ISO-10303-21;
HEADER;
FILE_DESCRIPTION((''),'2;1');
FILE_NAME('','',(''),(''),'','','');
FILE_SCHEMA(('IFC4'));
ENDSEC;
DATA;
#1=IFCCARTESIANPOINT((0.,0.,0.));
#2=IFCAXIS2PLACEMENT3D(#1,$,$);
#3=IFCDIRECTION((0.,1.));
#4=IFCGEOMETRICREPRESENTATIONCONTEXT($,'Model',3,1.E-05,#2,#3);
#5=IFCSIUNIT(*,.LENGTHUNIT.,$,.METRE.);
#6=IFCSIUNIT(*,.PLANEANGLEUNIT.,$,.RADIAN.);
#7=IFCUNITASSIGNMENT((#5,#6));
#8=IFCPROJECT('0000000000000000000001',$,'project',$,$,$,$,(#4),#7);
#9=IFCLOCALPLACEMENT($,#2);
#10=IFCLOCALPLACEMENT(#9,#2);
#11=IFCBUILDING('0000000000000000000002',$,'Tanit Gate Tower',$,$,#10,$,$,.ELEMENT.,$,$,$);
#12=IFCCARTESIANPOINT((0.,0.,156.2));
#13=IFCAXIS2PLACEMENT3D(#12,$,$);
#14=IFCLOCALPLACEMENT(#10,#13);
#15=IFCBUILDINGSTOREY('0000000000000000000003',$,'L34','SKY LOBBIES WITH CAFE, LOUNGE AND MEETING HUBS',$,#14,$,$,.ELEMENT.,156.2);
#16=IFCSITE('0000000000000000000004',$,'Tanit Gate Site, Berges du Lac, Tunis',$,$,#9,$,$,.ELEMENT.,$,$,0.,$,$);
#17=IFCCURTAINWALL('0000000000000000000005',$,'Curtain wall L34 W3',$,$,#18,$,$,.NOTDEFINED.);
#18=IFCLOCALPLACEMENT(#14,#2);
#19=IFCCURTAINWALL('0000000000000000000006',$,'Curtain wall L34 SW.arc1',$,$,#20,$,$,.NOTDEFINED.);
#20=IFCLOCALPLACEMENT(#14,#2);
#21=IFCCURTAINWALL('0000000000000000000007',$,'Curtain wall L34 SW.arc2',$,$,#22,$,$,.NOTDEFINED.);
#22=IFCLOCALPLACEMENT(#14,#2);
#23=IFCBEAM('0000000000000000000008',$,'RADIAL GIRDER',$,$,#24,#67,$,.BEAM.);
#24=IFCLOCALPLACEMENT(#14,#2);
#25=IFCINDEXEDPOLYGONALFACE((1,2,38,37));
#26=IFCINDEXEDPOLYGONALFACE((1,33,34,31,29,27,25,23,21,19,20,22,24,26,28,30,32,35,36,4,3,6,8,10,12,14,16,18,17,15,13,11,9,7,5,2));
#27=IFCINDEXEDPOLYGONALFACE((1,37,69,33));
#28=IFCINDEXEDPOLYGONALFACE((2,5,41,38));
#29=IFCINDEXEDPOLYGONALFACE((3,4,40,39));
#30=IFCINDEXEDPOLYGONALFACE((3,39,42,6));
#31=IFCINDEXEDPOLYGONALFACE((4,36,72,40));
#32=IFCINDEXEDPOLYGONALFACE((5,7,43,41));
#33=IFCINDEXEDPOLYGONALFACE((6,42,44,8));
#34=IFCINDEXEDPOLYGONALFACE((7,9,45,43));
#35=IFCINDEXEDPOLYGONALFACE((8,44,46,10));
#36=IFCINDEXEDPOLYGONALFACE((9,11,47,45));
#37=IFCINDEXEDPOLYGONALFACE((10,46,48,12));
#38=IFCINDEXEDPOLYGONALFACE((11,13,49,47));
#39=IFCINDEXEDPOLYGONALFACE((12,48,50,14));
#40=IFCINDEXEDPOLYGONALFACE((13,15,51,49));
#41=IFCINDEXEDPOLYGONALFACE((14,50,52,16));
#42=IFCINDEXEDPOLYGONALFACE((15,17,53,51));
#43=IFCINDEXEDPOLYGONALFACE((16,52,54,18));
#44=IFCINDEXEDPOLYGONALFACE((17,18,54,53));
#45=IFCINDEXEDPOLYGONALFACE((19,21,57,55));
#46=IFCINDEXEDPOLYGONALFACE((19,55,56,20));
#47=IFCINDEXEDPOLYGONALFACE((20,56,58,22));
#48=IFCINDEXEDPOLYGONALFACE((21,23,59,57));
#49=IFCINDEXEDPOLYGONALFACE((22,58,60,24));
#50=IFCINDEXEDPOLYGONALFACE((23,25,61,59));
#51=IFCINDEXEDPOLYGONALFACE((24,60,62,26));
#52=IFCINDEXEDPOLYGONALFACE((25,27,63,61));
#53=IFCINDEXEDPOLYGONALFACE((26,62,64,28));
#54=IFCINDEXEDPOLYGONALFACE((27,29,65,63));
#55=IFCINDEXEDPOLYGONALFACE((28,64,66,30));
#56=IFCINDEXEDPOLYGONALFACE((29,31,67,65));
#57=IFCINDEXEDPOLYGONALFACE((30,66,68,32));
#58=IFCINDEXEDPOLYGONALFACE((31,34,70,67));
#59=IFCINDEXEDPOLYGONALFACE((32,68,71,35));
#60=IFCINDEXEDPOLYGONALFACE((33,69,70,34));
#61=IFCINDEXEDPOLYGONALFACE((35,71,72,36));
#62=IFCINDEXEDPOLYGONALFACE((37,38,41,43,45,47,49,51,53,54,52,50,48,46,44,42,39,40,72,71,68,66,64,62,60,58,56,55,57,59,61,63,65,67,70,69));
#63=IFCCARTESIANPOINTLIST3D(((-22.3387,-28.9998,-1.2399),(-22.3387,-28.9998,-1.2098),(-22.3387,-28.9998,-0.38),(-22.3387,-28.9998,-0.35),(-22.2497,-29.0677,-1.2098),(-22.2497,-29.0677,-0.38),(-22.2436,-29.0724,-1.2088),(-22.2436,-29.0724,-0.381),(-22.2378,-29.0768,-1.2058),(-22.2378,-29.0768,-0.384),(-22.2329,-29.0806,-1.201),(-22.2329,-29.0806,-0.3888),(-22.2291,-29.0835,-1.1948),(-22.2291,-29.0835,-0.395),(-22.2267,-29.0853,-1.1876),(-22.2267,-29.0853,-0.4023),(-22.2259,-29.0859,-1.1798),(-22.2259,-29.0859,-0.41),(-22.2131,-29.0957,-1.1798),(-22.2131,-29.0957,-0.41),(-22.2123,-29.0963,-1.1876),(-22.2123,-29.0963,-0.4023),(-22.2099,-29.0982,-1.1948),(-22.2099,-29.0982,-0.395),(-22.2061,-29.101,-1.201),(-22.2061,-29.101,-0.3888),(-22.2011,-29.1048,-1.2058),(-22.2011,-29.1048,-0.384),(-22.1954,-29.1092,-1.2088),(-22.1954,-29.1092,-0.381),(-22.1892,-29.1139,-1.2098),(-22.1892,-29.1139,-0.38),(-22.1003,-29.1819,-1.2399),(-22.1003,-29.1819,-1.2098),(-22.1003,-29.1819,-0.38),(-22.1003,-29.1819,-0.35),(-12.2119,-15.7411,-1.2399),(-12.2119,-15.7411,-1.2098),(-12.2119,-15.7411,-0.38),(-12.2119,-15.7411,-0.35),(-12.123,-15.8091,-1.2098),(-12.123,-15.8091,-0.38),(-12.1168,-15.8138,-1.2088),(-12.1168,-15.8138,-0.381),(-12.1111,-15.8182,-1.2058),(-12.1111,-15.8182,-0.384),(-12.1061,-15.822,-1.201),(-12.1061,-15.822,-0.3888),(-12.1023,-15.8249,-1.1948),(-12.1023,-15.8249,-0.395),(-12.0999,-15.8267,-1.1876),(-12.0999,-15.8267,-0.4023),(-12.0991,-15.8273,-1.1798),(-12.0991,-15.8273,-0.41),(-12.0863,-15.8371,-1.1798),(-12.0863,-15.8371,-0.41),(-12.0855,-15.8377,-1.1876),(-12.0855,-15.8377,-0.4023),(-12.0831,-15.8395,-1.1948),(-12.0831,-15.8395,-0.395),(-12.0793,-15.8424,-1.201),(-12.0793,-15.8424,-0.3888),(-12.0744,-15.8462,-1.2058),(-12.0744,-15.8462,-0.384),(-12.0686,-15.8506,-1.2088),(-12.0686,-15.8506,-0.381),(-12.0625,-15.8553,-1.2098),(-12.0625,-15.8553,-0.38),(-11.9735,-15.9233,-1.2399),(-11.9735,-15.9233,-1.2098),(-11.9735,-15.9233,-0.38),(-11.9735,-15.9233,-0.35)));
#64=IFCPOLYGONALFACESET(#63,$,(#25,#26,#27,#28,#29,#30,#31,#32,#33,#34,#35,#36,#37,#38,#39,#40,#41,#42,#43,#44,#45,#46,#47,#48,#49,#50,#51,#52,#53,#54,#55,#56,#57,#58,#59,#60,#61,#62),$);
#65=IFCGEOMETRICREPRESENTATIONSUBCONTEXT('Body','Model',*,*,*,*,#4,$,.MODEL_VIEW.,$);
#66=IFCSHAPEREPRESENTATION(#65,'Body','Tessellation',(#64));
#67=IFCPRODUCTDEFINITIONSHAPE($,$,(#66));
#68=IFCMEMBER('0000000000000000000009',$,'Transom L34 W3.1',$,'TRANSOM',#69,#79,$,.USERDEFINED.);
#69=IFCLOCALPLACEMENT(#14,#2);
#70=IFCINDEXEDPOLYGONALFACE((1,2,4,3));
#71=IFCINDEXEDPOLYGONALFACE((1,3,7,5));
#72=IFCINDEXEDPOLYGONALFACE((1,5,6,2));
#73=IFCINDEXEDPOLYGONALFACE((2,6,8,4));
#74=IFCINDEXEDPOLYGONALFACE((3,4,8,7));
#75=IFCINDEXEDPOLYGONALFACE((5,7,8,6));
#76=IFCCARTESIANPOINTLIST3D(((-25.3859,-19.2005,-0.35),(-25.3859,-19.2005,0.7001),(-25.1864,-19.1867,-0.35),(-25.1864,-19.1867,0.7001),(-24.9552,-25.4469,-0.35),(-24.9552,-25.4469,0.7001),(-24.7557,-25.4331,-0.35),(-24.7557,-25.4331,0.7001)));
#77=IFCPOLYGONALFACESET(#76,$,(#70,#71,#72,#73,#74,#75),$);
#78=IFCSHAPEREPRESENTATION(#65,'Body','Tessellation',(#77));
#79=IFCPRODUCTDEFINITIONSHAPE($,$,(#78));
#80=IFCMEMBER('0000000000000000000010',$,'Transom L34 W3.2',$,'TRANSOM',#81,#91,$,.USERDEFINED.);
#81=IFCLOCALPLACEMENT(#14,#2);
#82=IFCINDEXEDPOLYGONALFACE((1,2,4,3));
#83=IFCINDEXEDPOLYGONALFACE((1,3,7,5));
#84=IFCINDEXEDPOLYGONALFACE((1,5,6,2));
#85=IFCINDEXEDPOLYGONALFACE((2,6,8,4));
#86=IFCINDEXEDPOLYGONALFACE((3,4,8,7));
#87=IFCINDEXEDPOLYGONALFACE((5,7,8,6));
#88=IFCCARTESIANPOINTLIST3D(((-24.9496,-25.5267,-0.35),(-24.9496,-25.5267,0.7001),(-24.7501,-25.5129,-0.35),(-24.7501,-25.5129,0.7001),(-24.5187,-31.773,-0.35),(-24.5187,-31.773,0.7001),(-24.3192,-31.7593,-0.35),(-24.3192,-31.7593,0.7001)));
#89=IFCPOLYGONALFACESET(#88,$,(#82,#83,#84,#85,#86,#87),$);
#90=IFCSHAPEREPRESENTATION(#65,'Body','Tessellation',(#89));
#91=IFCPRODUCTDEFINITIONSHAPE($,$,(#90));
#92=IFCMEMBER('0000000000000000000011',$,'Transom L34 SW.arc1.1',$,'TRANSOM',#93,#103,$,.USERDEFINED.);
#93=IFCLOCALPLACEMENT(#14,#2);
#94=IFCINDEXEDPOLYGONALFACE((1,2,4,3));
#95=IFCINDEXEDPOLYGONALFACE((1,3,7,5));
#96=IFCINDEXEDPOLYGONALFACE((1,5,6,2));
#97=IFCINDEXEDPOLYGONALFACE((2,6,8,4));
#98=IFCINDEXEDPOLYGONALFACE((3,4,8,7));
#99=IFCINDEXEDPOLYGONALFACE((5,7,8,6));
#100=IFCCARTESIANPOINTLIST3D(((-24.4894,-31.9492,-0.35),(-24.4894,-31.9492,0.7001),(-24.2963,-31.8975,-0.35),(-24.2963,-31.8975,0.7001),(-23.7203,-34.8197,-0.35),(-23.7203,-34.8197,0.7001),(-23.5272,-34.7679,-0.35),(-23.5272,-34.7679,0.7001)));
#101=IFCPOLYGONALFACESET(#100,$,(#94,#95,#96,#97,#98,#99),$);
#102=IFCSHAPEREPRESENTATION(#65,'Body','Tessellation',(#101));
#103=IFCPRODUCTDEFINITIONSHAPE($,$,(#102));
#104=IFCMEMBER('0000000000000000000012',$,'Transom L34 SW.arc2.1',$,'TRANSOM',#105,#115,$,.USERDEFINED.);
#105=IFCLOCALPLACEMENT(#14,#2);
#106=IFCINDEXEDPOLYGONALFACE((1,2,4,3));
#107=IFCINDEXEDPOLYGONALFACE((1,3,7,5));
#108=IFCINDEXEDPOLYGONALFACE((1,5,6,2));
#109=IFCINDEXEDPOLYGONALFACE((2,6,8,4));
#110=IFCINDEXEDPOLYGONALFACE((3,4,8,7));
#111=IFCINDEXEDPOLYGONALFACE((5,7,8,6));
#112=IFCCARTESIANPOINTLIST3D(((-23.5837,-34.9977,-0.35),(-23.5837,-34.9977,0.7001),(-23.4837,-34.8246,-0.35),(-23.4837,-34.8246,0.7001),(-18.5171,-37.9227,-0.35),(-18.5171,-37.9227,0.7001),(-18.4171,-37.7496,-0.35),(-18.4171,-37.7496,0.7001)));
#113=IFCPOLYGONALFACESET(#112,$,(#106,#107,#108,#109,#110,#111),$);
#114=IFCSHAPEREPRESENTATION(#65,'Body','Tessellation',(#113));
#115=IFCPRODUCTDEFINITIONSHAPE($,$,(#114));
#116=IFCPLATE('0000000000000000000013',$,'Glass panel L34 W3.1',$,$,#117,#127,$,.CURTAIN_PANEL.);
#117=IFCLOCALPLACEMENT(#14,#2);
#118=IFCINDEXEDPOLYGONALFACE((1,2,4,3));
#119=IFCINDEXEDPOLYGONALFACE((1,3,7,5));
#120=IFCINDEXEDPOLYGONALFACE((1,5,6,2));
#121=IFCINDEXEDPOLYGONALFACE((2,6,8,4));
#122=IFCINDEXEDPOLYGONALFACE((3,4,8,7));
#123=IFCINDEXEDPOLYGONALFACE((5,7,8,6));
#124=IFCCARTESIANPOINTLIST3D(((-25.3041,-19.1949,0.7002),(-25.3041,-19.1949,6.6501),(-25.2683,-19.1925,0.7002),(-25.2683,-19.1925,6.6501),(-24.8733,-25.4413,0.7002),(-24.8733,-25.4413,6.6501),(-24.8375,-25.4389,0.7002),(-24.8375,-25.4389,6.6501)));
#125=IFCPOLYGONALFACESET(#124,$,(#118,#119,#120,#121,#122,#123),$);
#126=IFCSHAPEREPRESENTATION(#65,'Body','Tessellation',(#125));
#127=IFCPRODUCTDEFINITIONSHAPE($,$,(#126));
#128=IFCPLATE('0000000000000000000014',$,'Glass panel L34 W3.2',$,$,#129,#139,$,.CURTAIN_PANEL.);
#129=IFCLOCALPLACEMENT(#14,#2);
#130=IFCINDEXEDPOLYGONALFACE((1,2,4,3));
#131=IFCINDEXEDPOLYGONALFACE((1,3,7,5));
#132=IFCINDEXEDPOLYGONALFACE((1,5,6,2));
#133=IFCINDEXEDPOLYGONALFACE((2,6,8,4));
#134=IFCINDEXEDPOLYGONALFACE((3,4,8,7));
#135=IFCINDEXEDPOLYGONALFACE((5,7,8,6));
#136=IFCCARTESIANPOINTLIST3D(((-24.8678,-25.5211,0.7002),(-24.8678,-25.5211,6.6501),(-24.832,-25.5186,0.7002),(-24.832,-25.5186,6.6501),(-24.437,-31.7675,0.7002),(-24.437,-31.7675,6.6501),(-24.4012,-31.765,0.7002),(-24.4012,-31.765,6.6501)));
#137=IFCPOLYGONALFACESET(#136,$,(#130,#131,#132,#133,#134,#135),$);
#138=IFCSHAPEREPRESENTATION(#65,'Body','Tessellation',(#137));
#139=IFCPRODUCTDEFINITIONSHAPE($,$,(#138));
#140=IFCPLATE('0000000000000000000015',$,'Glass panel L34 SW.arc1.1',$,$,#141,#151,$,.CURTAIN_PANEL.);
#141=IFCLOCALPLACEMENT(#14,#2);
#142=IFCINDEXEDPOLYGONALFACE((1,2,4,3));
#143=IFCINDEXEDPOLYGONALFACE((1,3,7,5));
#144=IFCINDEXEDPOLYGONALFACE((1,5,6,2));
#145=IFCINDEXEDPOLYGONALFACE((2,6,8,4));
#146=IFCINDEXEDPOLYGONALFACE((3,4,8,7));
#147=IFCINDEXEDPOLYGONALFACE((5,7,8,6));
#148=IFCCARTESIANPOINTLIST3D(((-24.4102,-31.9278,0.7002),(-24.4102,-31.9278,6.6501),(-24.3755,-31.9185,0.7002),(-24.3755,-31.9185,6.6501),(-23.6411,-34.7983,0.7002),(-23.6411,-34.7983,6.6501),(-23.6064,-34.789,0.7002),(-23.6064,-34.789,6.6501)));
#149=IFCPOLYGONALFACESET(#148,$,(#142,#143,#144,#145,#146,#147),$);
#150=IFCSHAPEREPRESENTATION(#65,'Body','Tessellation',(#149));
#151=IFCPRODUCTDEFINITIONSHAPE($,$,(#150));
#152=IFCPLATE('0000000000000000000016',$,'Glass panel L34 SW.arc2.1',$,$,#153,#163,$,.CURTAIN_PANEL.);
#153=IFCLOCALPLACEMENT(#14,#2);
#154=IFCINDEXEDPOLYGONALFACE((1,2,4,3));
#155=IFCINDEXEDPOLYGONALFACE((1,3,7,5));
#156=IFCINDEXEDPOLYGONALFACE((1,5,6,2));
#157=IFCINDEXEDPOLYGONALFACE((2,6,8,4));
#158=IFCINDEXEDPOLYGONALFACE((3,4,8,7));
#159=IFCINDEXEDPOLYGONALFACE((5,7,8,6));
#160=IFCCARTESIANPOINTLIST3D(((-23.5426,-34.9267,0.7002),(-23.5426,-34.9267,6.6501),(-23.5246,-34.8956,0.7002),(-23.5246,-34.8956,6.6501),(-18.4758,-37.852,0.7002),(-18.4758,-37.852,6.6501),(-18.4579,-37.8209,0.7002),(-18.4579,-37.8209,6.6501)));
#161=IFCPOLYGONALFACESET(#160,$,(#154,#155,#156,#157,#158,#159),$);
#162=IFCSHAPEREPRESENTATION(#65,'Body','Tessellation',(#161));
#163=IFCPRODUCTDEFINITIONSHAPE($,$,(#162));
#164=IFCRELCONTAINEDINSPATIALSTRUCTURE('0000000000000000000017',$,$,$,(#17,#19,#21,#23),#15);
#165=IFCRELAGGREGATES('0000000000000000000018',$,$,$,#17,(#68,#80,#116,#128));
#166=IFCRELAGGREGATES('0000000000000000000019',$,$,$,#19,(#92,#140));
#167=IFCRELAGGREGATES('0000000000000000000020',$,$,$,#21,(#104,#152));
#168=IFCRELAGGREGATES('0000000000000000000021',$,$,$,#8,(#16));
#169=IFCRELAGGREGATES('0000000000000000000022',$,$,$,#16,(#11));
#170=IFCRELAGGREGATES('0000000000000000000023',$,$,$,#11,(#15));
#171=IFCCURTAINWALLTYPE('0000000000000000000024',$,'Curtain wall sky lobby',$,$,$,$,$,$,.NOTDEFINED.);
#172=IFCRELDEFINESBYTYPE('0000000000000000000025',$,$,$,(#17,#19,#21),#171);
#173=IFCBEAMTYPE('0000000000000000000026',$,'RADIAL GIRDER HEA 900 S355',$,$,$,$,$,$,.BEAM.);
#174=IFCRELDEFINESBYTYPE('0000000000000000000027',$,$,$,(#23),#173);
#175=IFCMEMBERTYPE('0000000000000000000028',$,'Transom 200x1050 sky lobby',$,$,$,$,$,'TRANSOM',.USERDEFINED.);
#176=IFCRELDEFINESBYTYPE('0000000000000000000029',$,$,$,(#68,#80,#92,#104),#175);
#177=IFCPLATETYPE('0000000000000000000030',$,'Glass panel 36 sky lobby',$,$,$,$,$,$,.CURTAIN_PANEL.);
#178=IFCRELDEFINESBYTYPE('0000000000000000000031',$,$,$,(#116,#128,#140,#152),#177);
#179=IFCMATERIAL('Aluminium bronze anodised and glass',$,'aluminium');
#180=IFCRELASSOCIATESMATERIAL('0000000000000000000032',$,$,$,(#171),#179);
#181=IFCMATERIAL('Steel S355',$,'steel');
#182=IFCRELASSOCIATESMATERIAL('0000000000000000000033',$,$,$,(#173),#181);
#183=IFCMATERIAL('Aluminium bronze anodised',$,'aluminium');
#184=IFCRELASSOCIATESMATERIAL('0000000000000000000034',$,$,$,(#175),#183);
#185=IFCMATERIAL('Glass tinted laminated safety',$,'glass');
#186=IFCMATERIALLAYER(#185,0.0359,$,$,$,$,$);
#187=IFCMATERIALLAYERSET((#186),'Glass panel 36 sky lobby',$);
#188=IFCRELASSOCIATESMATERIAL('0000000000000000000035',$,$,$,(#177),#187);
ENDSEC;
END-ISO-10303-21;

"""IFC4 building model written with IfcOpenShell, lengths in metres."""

from ifc_helpers import new_model, si_unit, direction, frame, origin, origin_2d, place, context, subcontext, project, spatial, rectangle, i_section, extrude, material, layer, layer_set, material_profile, profile_set, type_object, element, aggregate, save


model = new_model("IFC4")

# Units and contexts
model_context = context("Model", 3, precision=1e-05, world=origin(), true_north=direction((0.0, 1.0)))
body_context = subcontext(model_context, "Body", "Model", "MODEL_VIEW")
ifc_project = project(units=[si_unit("LENGTHUNIT", "METRE"), si_unit("PLANEANGLEUNIT", "RADIAN")], contexts=[model_context])

# Site, building, storey
site_placement = place(None, origin())
site = spatial("IfcSite", under=ifc_project, at=site_placement, Name="Tanit Gate Site, Berges du Lac, Tunis", CompositionType="ELEMENT", RefElevation=0.0)
building_placement = place(site_placement, origin())
building = spatial("IfcBuilding", under=site, at=building_placement, Name="Tanit Gate Tower", CompositionType="ELEMENT")
storey_placement = place(building_placement, frame((0.0, 0.0, 156.2)))
storey = spatial("IfcBuildingStorey", under=building, at=storey_placement, Name="L34", Description="SKY LOBBIES WITH CAFE, LOUNGE AND MEETING HUBS", CompositionType="ELEMENT", Elevation=156.2)

# Shared definitions
ifc_material_1 = material(Name="Aluminium bronze anodised and glass", Category="aluminium")
curtain_wall_type = type_object("IfcCurtainWallType", Name="Curtain wall sky lobby", PredefinedType="NOTDEFINED", material=ifc_material_1)

# Curtain walls
curtain_wall_1_placement = place(storey_placement, origin())
curtain_wall_1 = element("IfcCurtainWall", 1, at=curtain_wall_1_placement, inside=storey, type_object=curtain_wall_type, Name="Curtain wall L34 W3", PredefinedType="NOTDEFINED")
curtain_wall_2_placement = place(storey_placement, origin())
curtain_wall_2 = element("IfcCurtainWall", 2, at=curtain_wall_2_placement, inside=storey, type_object=curtain_wall_type, Name="Curtain wall L34 SW.arc1", PredefinedType="NOTDEFINED")

# Curtain wall
curtain_wall_3_placement = place(storey_placement, origin())
curtain_wall_3 = element("IfcCurtainWall", 3, at=curtain_wall_3_placement, inside=storey, type_object=curtain_wall_type, Name="Curtain wall L34 SW.arc2", PredefinedType="NOTDEFINED")

# Beam
ifc_material_2 = material(Name="Steel S355", Category="steel")
ifc_material_profile_1 = material_profile(ifc_material_2, i_section(OverallWidth=0.3, OverallDepth=0.8899, WebThickness=0.0161, FlangeThickness=0.03, FilletRadius=0.03, at=origin_2d()), Name="HEA 900")
ifc_profile_set_1 = profile_set([ifc_material_profile_1], Name="Steel S355")
beam_type_1 = type_object("IfcBeamType", Name="RADIAL GIRDER HEA 900 S355", PredefinedType="BEAM", material=ifc_profile_set_1)
beam_1_placement = place(storey_placement, frame((-22.2195, -29.0908, -0.7949), z_axis=(0.606989, 0.79471, 0.0), x_axis=(-0.79471, 0.606989, 0.0)))
element("IfcBeam", 4, at=beam_1_placement, inside=storey, type_object=beam_type_1, Name="RADIAL GIRDER", PredefinedType="BEAM", context=body_context, shape_type="SweptSolid", body=[
    extrude(i_section(OverallWidth=0.3, OverallDepth=0.8899, WebThickness=0.0161, FlangeThickness=0.03, FilletRadius=0.03, at=origin_2d()), origin(), (0.0, 0.0, 1.0), 16.6836),
])

# Members
ifc_material_3 = material(Name="Aluminium bronze anodised", Category="aluminium")
ifc_material_profile_2 = material_profile(ifc_material_3, rectangle(XDim=0.2, YDim=1.05, at=origin_2d()), Name="200x1050 bronze transom")
ifc_profile_set_2 = profile_set([ifc_material_profile_2], Name="Aluminium bronze anodised")
member_type_1 = type_object("IfcMemberType", Name="Transom 200x1050 sky lobby", ElementType="TRANSOM", PredefinedType="USERDEFINED", material=ifc_profile_set_2)
member_1_placement = place(storey_placement, frame((-25.2861, -19.1936, 0.175), z_axis=(0.068783, -0.997632, 0.0), x_axis=(0.997632, 0.068783, 0.0)))
member_1 = element("IfcMember", 5, at=member_1_placement, type_object=member_type_1, Name="Transom L34 W3.1", ObjectType="TRANSOM", PredefinedType="USERDEFINED", context=body_context, shape_type="SweptSolid", body=[
    extrude(rectangle(XDim=0.2, YDim=1.05, at=origin_2d()), origin(), (0.0, 0.0, 1.0), 6.2612),
])
member_2_placement = place(storey_placement, frame((-24.8499, -25.5198, 0.175), z_axis=(0.068822, -0.997629, 0.0), x_axis=(0.997629, 0.068822, 0.0)))
member_2 = element("IfcMember", 6, at=member_2_placement, type_object=member_type_1, Name="Transom L34 W3.2", ObjectType="TRANSOM", PredefinedType="USERDEFINED", context=body_context, shape_type="SweptSolid", body=[
    extrude(rectangle(XDim=0.2, YDim=1.05, at=origin_2d()), origin(), (0.0, 0.0, 1.0), 6.2612),
])
member_3_placement = place(storey_placement, frame((-24.3928, -31.9233, 0.175), z_axis=(0.258798, -0.965932, 0.0), x_axis=(0.965932, 0.258798, 0.0)))
member_3 = element("IfcMember", 7, at=member_3_placement, type_object=member_type_1, Name="Transom L34 SW.arc1.1", ObjectType="TRANSOM", PredefinedType="USERDEFINED", context=body_context, shape_type="SweptSolid", body=[
    extrude(rectangle(XDim=0.2, YDim=1.05, at=origin_2d()), origin(), (0.0, 0.0, 1.0), 2.9717),
])
member_4_placement = place(storey_placement, frame((-23.5337, -34.9111, 0.175), z_axis=(0.866039, -0.499977, 0.0), x_axis=(0.499977, 0.866039, 0.0)))
member_4 = element("IfcMember", 8, at=member_4_placement, type_object=member_type_1, Name="Transom L34 SW.arc2.1", ObjectType="TRANSOM", PredefinedType="USERDEFINED", context=body_context, shape_type="SweptSolid", body=[
    extrude(rectangle(XDim=0.2, YDim=1.05, at=origin_2d()), origin(), (0.0, 0.0, 1.0), 5.8503),
])

# Plates
ifc_material_4 = material(Name="Glass tinted laminated safety", Category="glass")
ifc_layer = layer(ifc_material_4, 0.0359)
ifc_layer_set = layer_set([ifc_layer], Name="Glass panel 36 sky lobby")
plate_type = type_object("IfcPlateType", Name="Glass panel 36 sky lobby", PredefinedType="CURTAIN_PANEL", material=ifc_layer_set)
plate_1_placement = place(storey_placement, frame((-25.0708, -22.3169, 0.7002), z_axis=(0.0, 0.0, 1.0), x_axis=(0.068812, -0.99763, 0.0)))
plate_1 = element("IfcPlate", 9, at=plate_1_placement, type_object=plate_type, Name="Glass panel L34 W3.1", PredefinedType="CURTAIN_PANEL", context=body_context, shape_type="SweptSolid", body=[
    extrude(rectangle(XDim=6.2612, YDim=0.0359, at=origin_2d()), origin(), (0.0, 0.0, 1.0), 5.95),
])
plate_2_placement = place(storey_placement, frame((-24.6345, -28.6431, 0.7002), z_axis=(0.0, 0.0, 1.0), x_axis=(0.068812, -0.99763, 0.0)))
plate_2 = element("IfcPlate", 10, at=plate_2_placement, type_object=plate_type, Name="Glass panel L34 W3.2", PredefinedType="CURTAIN_PANEL", context=body_context, shape_type="SweptSolid", body=[
    extrude(rectangle(XDim=6.2612, YDim=0.0359, at=origin_2d()), origin(), (0.0, 0.0, 1.0), 5.95),
])
aggregate(curtain_wall_1, [member_1, member_2, plate_1, plate_2])
plate_3_placement = place(storey_placement, frame((-24.0083, -33.3584, 0.7002), z_axis=(0.0, 0.0, 1.0), x_axis=(0.258819, -0.965926, 0.0)))
plate_3 = element("IfcPlate", 11, at=plate_3_placement, type_object=plate_type, Name="Glass panel L34 SW.arc1.1", PredefinedType="CURTAIN_PANEL", context=body_context, shape_type="SweptSolid", body=[
    extrude(rectangle(XDim=2.9717, YDim=0.0359, at=origin_2d()), origin(), (0.0, 0.0, 1.0), 5.95),
])
aggregate(curtain_wall_2, [member_3, plate_3])
plate_4_placement = place(storey_placement, frame((-21.0002, -36.3738, 0.7002), z_axis=(0.0, 0.0, 1.0), x_axis=(0.866025, -0.5, 0.0)))
plate_4 = element("IfcPlate", 12, at=plate_4_placement, type_object=plate_type, Name="Glass panel L34 SW.arc2.1", PredefinedType="CURTAIN_PANEL", context=body_context, shape_type="SweptSolid", body=[
    extrude(rectangle(XDim=5.8506, YDim=0.0359, at=origin_2d()), origin(), (0.0, 0.0, 1.0), 5.95),
])
aggregate(curtain_wall_3, [member_4, plate_4])

save(model, "model.ifc")
